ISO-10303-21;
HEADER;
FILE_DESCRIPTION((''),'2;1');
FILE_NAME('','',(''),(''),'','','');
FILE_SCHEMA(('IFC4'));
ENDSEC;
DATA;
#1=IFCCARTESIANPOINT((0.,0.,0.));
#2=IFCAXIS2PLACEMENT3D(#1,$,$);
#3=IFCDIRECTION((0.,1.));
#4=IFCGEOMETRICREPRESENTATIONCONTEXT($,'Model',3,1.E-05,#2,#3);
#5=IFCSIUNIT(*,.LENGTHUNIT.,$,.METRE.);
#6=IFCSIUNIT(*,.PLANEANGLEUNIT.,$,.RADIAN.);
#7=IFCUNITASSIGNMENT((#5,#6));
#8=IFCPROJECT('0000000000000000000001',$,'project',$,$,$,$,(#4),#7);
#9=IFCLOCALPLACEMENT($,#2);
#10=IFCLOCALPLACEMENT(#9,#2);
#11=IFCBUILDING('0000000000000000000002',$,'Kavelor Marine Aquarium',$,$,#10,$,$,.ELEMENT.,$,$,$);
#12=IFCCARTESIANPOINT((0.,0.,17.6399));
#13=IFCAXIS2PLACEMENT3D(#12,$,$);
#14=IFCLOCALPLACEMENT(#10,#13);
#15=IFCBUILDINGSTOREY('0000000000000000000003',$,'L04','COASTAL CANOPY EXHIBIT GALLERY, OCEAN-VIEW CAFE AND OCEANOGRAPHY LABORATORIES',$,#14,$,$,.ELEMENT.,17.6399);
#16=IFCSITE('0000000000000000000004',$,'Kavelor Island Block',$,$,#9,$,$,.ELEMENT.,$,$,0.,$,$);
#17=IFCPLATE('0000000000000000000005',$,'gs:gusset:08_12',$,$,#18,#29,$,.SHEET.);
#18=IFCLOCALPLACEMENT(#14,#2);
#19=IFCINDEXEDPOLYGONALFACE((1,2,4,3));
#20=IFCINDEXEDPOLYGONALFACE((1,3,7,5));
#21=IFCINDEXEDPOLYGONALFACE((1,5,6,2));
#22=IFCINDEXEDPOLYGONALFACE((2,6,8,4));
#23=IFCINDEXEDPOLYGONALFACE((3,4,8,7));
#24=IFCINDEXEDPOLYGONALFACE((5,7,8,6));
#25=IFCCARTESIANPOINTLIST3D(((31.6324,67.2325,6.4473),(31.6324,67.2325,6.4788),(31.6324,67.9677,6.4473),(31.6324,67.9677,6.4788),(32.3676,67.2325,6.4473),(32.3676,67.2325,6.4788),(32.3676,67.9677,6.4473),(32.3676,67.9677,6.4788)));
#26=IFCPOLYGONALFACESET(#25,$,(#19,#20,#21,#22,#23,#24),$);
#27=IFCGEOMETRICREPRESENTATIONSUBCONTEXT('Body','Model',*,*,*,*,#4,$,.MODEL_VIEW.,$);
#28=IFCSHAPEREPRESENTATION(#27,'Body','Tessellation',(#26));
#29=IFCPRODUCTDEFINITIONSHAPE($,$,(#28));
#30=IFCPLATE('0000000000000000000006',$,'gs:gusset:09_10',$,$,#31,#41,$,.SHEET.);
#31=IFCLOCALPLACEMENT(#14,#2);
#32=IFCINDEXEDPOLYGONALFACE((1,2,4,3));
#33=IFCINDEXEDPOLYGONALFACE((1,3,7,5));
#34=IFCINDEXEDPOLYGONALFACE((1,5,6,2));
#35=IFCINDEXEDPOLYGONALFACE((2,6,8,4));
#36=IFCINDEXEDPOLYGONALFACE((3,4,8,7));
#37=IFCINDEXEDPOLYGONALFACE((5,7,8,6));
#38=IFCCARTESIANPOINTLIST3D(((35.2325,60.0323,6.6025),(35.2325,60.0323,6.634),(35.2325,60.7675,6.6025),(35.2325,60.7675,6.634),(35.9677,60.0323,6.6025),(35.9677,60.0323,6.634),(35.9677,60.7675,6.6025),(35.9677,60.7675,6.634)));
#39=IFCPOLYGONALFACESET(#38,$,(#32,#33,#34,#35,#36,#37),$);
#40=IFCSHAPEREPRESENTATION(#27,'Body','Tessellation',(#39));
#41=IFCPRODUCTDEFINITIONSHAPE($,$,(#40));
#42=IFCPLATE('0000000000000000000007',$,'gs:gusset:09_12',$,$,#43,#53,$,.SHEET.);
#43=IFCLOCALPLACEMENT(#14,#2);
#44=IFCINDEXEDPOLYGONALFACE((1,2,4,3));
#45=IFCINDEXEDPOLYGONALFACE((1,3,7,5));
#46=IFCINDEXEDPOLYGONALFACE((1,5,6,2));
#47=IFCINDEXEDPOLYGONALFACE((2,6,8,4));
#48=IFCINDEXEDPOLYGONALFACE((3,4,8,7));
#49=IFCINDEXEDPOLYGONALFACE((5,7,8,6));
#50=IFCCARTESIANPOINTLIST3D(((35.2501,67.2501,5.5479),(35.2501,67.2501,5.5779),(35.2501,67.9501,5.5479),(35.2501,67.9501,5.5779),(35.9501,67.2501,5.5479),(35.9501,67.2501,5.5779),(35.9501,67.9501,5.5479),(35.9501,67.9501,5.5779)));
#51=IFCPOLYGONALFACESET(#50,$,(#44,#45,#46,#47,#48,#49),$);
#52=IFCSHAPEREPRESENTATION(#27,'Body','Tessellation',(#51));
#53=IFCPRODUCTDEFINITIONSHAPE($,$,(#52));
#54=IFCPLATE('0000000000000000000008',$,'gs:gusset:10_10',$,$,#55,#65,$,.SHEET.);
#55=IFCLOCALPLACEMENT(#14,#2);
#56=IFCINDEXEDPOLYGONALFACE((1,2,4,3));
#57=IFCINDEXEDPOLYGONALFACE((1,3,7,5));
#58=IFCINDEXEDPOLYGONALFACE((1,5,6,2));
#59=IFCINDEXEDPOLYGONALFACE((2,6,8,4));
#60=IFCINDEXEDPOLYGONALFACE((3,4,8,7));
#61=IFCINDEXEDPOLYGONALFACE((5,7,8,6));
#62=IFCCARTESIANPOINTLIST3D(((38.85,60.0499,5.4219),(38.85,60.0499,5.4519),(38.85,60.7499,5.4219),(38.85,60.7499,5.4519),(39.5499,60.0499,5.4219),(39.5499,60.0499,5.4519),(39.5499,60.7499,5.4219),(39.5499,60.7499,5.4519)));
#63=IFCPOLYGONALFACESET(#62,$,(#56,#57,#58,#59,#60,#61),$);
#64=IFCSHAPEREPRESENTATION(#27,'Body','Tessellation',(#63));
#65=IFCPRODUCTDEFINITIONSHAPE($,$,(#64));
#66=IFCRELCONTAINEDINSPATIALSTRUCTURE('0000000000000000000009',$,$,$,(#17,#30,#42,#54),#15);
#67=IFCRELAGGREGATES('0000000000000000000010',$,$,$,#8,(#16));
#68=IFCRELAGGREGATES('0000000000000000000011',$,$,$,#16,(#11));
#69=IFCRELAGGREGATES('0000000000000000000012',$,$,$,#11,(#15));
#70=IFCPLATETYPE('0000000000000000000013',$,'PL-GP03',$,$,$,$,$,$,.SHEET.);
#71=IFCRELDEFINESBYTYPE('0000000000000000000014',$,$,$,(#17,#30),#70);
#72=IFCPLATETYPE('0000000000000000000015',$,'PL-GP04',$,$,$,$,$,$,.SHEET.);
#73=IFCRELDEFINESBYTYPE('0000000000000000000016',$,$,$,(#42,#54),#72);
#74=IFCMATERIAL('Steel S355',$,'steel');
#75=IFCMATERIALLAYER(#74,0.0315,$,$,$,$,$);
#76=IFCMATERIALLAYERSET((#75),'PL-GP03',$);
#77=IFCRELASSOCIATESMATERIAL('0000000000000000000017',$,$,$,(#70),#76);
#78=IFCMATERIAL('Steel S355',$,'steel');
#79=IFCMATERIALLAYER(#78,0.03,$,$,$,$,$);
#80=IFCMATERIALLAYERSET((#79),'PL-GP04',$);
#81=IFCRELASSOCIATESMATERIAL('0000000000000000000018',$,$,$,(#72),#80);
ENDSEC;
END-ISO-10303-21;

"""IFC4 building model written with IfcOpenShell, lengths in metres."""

from ifc_helpers import new_model, si_unit, direction, frame, origin, origin_2d, place, context, subcontext, project, spatial, rectangle, extrude, material, layer, layer_set, type_object, element, save


model = new_model("IFC4")

# Units and contexts
model_context = context("Model", 3, precision=1e-05, world=origin(), true_north=direction((0.0, 1.0)))
body_context = subcontext(model_context, "Body", "Model", "MODEL_VIEW")
ifc_project = project(units=[si_unit("LENGTHUNIT", "METRE"), si_unit("PLANEANGLEUNIT", "RADIAN")], contexts=[model_context])

# Site, building, storey
site_placement = place(None, origin())
site = spatial("IfcSite", under=ifc_project, at=site_placement, Name="Kavelor Island Block", CompositionType="ELEMENT", RefElevation=0.0)
building_placement = place(site_placement, origin())
building = spatial("IfcBuilding", under=site, at=building_placement, Name="Kavelor Marine Aquarium", CompositionType="ELEMENT")
storey_placement = place(building_placement, frame((0.0, 0.0, 17.6399)))
storey = spatial("IfcBuildingStorey", under=building, at=storey_placement, Name="L04", Description="COASTAL CANOPY EXHIBIT GALLERY, OCEAN-VIEW CAFE AND OCEANOGRAPHY LABORATORIES", CompositionType="ELEMENT", Elevation=17.6399)

# Plates
ifc_material_1 = material(Name="Steel S355", Category="steel")
ifc_layer_1 = layer(ifc_material_1, 0.0315)
ifc_layer_set_1 = layer_set([ifc_layer_1], Name="PL-GP03")
plate_type_1 = type_object("IfcPlateType", Name="PL-GP03", PredefinedType="SHEET", material=ifc_layer_set_1)
for number, where, z_axis, x_axis, name in (
    (1, (32.0, 67.6001, 6.4473), (0.0, 0.0, 1.0), (1.0, 0.0, 0.0), "gs:gusset:08_12"),
    (2, (35.6001, 60.3999, 6.6025), (0.0, 0.0, 1.0), (1.0, 0.0, 0.0), "gs:gusset:09_10"),
):
    element("IfcPlate", number, at=place(storey_placement, frame(where, z_axis=z_axis, x_axis=x_axis)), inside=storey, type_object=plate_type_1, Name=name, PredefinedType="SHEET", context=body_context, shape_type="SweptSolid", body=[
        extrude(rectangle(XDim=0.7351, YDim=0.7351, at=origin_2d()), origin(), (0.0, 0.0, 1.0), 0.0315),
    ])
ifc_material_2 = material(Name="Steel S355", Category="steel")
ifc_layer_2 = layer(ifc_material_2, 0.03)
ifc_layer_set_2 = layer_set([ifc_layer_2], Name="PL-GP04")
plate_type_2 = type_object("IfcPlateType", Name="PL-GP04", PredefinedType="SHEET", material=ifc_layer_set_2)
for number, where, z_axis, x_axis, name in (
    (3, (35.6001, 67.6001, 5.5479), (0.0, 0.0, 1.0), (1.0, 0.0, 0.0), "gs:gusset:09_12"),
    (4, (39.2, 60.3999, 5.4219), (0.0, 0.0, 1.0), (1.0, 0.0, 0.0), "gs:gusset:10_10"),
):
    element("IfcPlate", number, at=place(storey_placement, frame(where, z_axis=z_axis, x_axis=x_axis)), inside=storey, type_object=plate_type_2, Name=name, PredefinedType="SHEET", context=body_context, shape_type="SweptSolid", body=[
        extrude(rectangle(XDim=0.7, YDim=0.7, at=origin_2d()), origin(), (0.0, 0.0, 1.0), 0.03),
    ])

save(model, "model.ifc")
